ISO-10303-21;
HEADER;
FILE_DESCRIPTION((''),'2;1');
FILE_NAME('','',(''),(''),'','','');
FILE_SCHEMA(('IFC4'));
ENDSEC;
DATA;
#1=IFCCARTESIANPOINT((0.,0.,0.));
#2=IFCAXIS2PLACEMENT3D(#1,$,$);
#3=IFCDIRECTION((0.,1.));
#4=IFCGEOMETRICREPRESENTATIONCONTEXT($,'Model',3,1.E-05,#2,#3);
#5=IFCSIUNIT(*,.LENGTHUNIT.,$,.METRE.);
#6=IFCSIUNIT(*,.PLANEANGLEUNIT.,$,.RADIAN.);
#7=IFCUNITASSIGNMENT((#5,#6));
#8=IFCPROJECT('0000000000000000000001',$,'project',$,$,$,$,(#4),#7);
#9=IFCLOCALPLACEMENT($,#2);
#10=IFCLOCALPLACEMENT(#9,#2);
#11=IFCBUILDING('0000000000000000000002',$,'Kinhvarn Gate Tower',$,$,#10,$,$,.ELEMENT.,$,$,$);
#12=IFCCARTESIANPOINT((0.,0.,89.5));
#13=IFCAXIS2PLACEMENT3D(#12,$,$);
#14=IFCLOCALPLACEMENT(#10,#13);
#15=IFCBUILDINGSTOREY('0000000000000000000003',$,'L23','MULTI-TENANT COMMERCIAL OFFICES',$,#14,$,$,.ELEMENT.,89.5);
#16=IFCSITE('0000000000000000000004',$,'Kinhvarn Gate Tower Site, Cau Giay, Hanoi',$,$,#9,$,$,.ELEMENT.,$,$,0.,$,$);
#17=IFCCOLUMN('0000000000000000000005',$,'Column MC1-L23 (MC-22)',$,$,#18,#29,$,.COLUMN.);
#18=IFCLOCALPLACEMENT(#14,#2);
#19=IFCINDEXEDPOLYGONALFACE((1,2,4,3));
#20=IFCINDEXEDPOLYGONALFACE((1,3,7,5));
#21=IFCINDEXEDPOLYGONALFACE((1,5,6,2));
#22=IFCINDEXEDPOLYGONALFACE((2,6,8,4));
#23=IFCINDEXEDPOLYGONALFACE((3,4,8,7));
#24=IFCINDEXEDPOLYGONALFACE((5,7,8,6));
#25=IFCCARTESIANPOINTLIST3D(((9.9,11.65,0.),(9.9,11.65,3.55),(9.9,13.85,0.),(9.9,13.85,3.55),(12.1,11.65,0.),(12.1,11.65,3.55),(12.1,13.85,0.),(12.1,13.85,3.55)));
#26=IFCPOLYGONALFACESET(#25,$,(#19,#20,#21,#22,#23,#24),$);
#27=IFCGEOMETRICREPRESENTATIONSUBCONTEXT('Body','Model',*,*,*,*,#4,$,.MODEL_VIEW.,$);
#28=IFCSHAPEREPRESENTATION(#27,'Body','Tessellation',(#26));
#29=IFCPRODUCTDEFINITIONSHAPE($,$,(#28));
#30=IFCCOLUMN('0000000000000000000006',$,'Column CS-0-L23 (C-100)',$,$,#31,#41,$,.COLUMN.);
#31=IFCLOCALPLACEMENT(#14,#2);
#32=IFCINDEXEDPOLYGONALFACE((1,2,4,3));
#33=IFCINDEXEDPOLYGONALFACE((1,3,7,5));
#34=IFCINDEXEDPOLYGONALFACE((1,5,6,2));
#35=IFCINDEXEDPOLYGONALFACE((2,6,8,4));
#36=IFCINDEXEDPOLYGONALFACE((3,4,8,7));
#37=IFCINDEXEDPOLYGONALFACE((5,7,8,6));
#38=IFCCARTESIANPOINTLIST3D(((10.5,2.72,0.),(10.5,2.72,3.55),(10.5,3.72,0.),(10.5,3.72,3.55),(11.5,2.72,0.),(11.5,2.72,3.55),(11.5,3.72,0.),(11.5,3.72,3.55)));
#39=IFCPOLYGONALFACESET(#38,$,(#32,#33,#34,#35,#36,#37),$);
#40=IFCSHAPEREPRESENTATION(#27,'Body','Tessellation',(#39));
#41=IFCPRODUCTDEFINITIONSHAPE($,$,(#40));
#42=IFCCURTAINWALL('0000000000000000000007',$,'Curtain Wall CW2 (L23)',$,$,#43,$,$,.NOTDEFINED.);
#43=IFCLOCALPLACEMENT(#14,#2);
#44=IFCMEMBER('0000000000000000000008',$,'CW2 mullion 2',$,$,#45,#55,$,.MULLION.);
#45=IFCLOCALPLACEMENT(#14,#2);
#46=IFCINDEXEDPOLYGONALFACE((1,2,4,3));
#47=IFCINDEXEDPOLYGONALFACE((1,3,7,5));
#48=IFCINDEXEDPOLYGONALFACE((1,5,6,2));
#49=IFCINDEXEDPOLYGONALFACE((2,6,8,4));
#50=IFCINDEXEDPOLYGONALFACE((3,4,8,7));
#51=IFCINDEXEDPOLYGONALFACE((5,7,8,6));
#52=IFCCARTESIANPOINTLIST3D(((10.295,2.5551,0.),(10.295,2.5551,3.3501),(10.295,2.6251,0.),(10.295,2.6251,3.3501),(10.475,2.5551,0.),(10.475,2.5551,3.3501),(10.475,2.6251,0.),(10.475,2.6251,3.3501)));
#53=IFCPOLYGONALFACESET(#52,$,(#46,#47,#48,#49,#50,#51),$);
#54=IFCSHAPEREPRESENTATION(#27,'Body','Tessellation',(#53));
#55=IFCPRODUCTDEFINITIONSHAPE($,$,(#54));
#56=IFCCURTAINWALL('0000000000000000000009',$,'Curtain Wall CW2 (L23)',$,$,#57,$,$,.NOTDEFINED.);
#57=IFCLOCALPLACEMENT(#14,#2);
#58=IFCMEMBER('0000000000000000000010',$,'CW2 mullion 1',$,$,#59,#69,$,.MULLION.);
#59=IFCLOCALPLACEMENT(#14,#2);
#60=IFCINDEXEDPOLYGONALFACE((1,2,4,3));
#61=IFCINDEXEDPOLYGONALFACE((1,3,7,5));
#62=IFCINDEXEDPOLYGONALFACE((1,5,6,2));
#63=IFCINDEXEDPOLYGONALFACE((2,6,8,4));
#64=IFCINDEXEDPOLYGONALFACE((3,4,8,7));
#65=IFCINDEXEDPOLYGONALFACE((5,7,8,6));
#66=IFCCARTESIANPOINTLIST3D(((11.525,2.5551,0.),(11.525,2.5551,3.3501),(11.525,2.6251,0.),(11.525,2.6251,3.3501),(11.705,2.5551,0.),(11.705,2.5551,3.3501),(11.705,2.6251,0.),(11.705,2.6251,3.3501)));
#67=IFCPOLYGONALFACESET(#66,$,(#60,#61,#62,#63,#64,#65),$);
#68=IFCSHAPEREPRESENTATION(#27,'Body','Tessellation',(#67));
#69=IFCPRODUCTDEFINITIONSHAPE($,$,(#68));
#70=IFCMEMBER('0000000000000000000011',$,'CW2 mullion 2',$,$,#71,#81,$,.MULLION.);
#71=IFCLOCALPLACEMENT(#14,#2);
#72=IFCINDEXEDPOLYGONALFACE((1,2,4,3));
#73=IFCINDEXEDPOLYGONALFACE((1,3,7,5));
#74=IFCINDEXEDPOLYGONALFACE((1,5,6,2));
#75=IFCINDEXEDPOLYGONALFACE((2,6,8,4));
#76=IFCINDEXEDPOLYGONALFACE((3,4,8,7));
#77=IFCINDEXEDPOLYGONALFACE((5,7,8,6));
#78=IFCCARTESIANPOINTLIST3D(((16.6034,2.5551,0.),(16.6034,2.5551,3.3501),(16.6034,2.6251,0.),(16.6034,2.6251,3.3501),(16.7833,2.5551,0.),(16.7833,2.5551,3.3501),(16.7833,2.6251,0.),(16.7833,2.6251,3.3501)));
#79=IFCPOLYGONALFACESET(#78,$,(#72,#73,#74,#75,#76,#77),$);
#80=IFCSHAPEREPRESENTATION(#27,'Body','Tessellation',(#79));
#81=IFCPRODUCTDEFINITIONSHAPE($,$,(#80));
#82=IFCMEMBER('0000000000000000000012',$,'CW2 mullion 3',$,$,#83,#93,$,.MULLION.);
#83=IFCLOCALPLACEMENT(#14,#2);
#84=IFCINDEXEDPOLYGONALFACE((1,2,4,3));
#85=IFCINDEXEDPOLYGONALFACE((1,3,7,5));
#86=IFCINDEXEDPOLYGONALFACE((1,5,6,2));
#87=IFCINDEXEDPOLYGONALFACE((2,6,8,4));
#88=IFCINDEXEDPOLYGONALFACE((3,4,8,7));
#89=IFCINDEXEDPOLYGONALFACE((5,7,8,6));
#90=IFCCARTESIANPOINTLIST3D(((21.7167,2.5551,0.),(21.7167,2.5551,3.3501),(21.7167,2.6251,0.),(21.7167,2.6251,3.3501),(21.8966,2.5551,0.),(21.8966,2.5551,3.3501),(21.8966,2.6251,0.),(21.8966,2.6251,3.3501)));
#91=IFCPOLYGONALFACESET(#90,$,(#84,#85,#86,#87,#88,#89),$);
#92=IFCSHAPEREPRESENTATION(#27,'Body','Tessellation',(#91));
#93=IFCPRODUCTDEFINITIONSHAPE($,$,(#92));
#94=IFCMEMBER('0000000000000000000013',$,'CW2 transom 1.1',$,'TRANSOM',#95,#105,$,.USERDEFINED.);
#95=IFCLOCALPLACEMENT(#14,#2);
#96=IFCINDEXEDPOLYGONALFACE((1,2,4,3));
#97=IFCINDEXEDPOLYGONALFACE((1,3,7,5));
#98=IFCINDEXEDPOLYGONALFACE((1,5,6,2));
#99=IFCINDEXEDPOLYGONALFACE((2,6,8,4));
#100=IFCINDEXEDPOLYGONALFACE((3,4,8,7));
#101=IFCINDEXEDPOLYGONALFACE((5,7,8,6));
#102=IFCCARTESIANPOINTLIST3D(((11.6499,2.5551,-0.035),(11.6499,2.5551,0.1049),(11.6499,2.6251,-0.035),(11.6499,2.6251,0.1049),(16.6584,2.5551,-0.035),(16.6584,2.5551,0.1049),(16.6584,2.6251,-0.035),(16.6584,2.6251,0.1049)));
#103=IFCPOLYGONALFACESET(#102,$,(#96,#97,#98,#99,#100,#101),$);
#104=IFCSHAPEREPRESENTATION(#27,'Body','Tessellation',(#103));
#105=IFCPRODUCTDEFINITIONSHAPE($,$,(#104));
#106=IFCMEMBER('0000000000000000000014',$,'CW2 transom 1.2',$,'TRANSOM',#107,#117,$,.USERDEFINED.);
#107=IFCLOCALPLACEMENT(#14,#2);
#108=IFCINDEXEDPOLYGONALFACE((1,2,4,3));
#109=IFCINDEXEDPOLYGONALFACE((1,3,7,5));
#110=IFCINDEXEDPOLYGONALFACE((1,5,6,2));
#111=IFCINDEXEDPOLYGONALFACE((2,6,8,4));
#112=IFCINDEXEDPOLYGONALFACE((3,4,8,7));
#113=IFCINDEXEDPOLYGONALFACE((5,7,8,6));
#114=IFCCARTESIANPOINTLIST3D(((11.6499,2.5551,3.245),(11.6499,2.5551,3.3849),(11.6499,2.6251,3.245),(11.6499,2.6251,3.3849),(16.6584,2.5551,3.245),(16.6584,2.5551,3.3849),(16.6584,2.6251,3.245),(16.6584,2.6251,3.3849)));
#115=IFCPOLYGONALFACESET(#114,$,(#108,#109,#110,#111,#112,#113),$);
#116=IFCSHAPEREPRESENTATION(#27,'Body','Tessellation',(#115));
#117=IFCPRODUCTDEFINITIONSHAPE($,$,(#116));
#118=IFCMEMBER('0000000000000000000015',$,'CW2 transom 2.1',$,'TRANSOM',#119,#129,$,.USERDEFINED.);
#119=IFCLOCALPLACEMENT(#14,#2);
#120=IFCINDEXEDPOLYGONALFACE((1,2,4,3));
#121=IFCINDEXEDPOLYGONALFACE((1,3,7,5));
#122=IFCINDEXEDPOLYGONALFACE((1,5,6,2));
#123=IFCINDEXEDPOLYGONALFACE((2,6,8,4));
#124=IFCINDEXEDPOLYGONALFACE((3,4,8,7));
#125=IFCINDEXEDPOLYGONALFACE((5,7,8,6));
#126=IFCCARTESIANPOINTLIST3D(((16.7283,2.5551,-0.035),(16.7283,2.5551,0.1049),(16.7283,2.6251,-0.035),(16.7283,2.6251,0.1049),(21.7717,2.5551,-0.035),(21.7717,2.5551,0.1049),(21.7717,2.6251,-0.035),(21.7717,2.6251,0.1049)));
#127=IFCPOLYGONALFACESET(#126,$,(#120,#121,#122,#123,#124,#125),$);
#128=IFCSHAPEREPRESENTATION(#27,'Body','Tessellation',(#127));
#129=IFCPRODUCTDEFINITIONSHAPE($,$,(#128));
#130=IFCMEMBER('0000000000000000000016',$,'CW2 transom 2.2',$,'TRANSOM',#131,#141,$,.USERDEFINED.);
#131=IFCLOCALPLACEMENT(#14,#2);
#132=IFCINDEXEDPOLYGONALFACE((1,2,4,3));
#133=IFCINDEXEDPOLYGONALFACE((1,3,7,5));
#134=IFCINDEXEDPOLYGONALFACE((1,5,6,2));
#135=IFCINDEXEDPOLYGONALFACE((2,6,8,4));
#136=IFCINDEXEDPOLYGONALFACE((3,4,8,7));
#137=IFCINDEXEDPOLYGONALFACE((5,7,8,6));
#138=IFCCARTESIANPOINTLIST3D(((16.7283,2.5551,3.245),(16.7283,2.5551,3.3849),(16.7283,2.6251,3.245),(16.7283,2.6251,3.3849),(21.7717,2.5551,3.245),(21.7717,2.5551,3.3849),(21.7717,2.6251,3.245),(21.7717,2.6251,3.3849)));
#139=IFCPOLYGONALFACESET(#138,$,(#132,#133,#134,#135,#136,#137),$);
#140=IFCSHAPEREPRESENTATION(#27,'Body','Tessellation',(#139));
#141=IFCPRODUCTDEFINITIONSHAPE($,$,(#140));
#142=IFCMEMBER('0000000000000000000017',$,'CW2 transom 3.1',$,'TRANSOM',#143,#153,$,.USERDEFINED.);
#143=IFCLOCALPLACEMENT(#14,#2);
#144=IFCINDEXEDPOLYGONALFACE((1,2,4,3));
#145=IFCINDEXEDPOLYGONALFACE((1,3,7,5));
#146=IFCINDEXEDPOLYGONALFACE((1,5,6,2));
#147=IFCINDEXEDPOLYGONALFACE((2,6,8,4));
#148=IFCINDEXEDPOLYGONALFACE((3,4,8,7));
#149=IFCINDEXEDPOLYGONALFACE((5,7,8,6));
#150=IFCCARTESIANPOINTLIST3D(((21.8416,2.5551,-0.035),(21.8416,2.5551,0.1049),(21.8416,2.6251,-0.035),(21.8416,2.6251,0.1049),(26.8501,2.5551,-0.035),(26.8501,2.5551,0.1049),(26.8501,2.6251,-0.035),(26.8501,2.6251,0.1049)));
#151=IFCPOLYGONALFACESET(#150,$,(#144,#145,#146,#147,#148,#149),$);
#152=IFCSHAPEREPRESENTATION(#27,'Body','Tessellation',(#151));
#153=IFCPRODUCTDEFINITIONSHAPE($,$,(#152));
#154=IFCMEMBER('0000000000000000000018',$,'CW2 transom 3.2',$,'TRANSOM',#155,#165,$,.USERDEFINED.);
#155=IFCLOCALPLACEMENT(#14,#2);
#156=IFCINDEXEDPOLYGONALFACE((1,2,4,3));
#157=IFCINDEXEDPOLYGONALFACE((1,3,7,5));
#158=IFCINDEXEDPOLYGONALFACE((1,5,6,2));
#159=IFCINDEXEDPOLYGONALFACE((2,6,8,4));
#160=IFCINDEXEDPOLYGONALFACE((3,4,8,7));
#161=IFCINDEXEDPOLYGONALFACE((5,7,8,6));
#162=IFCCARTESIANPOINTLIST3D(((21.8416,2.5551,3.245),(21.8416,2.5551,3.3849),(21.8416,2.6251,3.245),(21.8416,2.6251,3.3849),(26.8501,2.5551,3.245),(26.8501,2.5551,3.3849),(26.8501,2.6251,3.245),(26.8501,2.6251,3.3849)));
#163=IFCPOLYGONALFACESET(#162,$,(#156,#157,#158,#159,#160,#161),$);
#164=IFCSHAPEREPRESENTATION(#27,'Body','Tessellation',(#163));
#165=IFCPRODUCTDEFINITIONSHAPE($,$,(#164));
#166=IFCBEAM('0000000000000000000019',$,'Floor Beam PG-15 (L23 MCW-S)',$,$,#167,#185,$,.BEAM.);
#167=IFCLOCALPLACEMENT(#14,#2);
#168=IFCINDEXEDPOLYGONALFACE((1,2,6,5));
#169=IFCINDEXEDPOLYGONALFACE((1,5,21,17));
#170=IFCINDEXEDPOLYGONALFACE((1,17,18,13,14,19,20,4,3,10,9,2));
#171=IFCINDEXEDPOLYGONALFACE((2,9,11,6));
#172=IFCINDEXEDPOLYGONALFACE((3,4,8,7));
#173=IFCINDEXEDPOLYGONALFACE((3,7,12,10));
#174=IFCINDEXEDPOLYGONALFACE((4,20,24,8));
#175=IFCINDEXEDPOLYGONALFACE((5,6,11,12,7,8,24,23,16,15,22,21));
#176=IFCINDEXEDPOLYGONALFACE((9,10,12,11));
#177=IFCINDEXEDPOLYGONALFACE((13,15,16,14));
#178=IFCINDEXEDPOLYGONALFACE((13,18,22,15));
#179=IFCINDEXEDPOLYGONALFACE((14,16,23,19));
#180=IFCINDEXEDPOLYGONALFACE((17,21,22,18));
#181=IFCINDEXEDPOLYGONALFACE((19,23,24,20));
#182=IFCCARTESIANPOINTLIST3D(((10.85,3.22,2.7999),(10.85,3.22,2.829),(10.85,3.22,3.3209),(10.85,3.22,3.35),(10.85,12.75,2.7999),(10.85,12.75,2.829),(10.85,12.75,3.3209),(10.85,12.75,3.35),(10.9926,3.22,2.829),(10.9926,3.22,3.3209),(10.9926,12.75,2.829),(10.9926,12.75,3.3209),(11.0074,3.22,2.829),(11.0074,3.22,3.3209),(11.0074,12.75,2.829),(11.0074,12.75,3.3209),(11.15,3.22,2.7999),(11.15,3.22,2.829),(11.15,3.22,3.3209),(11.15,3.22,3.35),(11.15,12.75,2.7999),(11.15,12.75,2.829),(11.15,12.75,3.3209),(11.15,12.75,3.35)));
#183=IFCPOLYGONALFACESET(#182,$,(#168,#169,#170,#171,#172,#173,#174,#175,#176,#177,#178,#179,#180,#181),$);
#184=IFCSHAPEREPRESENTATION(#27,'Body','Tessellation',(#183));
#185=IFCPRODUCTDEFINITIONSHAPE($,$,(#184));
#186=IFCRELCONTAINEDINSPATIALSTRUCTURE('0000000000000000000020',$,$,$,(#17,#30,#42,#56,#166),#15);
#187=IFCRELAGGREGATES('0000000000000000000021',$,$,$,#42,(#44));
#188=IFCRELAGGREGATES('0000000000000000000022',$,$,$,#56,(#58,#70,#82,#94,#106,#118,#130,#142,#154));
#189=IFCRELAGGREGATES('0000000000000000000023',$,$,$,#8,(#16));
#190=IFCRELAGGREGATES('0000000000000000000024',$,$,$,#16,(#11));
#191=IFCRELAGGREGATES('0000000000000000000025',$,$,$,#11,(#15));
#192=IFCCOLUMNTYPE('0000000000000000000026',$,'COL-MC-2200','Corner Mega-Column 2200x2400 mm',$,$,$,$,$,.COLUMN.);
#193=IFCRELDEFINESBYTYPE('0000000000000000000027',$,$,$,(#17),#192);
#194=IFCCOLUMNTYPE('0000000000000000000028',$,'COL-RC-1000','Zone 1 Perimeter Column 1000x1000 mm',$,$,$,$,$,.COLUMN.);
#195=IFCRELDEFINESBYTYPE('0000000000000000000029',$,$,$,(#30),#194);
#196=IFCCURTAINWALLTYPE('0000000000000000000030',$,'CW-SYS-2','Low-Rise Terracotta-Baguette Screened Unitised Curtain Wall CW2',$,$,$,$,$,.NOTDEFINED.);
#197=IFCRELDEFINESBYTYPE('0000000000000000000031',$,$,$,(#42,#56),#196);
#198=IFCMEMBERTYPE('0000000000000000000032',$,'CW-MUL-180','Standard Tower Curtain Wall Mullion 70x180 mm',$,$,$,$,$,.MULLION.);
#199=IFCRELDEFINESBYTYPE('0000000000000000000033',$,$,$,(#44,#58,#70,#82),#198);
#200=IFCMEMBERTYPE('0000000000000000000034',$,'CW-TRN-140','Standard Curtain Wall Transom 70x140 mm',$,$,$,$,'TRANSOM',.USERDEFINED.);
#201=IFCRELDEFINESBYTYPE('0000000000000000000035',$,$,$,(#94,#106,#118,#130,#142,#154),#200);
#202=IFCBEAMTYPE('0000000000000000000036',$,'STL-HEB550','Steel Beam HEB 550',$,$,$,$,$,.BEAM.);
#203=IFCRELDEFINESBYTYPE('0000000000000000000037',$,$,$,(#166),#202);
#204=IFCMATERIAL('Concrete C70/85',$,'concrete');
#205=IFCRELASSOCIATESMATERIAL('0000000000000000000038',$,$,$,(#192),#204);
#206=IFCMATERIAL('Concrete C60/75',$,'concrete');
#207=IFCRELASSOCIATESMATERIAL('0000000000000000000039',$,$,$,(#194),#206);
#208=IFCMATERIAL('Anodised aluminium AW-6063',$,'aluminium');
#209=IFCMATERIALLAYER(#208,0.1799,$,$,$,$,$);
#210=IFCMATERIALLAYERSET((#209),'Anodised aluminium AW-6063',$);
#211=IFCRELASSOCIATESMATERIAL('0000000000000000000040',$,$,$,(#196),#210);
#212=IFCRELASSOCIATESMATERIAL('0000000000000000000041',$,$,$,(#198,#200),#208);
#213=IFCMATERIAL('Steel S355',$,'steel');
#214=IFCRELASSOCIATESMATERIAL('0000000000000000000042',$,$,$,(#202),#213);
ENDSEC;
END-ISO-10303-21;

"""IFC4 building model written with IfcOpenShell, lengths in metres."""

from ifc_helpers import new_model, si_unit, direction, frame, origin, origin_2d, place, context, subcontext, project, spatial, rectangle, i_section, extrude, material, layer, layer_set, material_profile, profile_set, type_object, element, aggregate, save


model = new_model("IFC4")

# Units and contexts
model_context = context("Model", 3, precision=1e-05, world=origin(), true_north=direction((0.0, 1.0)))
body_context = subcontext(model_context, "Body", "Model", "MODEL_VIEW")
ifc_project = project(units=[si_unit("LENGTHUNIT", "METRE"), si_unit("PLANEANGLEUNIT", "RADIAN")], contexts=[model_context])

# Site, building, storey
site_placement = place(None, origin())
site = spatial("IfcSite", under=ifc_project, at=site_placement, Name="Kinhvarn Gate Tower Site, Cau Giay, Hanoi", CompositionType="ELEMENT", RefElevation=0.0)
building_placement = place(site_placement, origin())
building = spatial("IfcBuilding", under=site, at=building_placement, Name="Kinhvarn Gate Tower", CompositionType="ELEMENT")
storey_placement = place(building_placement, frame((0.0, 0.0, 89.5)))
storey = spatial("IfcBuildingStorey", under=building, at=storey_placement, Name="L23", Description="MULTI-TENANT COMMERCIAL OFFICES", CompositionType="ELEMENT", Elevation=89.5)

# Columns
ifc_material_1 = material(Name="Concrete C70/85", Category="concrete")
ifc_material_profile_1 = material_profile(ifc_material_1, rectangle(XDim=2.2, YDim=2.2, at=origin_2d()), Name="RC 2200x2200")
ifc_profile_set_1 = profile_set([ifc_material_profile_1], Name="Concrete C70/85")
column_type_1 = type_object("IfcColumnType", Name="COL-MC-2200", Description="Corner Mega-Column 2200x2400 mm", PredefinedType="COLUMN", material=ifc_profile_set_1)
column_1_placement = place(storey_placement, frame((11.0, 12.75, 0.0), z_axis=(0.0, 0.0, 1.0), x_axis=(1.0, 0.0, 0.0)))
element("IfcColumn", 1, at=column_1_placement, inside=storey, type_object=column_type_1, Name="Column MC1-L23 (MC-22)", PredefinedType="COLUMN", context=body_context, shape_type="SweptSolid", body=[
    extrude(rectangle(XDim=2.2, YDim=2.2, at=origin_2d()), origin(), (0.0, 0.0, 1.0), 3.55),
])
ifc_material_2 = material(Name="Concrete C60/75", Category="concrete")
ifc_material_profile_2 = material_profile(ifc_material_2, rectangle(XDim=1.0, YDim=1.0, at=origin_2d()), Name="RC 1000x1000")
ifc_profile_set_2 = profile_set([ifc_material_profile_2], Name="Concrete C60/75")
column_type_2 = type_object("IfcColumnType", Name="COL-RC-1000", Description="Zone 1 Perimeter Column 1000x1000 mm", PredefinedType="COLUMN", material=ifc_profile_set_2)
column_2_placement = place(storey_placement, frame((11.0, 3.22, 0.0), z_axis=(0.0, 0.0, 1.0), x_axis=(1.0, 0.0, 0.0)))
element("IfcColumn", 2, at=column_2_placement, inside=storey, type_object=column_type_2, Name="Column CS-0-L23 (C-100)", PredefinedType="COLUMN", context=body_context, shape_type="SweptSolid", body=[
    extrude(rectangle(XDim=1.0, YDim=1.0, at=origin_2d()), origin(), (0.0, 0.0, 1.0), 3.55),
])

# Curtain wall, member
ifc_material_3 = material(Name="Anodised aluminium AW-6063", Category="aluminium")
ifc_layer_1 = layer(ifc_material_3, 0.1799)
ifc_layer_set_1 = layer_set([ifc_layer_1], Name="Anodised aluminium AW-6063")
curtain_wall_type = type_object("IfcCurtainWallType", Name="CW-SYS-2", Description="Low-Rise Terracotta-Baguette Screened Unitised Curtain Wall CW2", PredefinedType="NOTDEFINED", material=ifc_layer_set_1)
curtain_wall_1_placement = place(storey_placement, origin())
curtain_wall_1 = element("IfcCurtainWall", 3, at=curtain_wall_1_placement, inside=storey, type_object=curtain_wall_type, Name="Curtain Wall CW2 (L23)", PredefinedType="NOTDEFINED")
ifc_material_profile_3 = material_profile(ifc_material_3, rectangle(XDim=0.0701, YDim=0.1799, at=origin_2d()), Name="ALU 70x180")
ifc_profile_set_3 = profile_set([ifc_material_profile_3], Name="Anodised aluminium AW-6063")
member_type_1 = type_object("IfcMemberType", Name="CW-MUL-180", Description="Standard Tower Curtain Wall Mullion 70x180 mm", PredefinedType="MULLION", material=ifc_profile_set_3)
member_1_placement = place(storey_placement, frame((10.385, 2.5901, 0.0), z_axis=(0.0, 0.0, 1.0), x_axis=(0.0, 1.0, 0.0)))
member_1 = element("IfcMember", 4, at=member_1_placement, type_object=member_type_1, Name="CW2 mullion 2", PredefinedType="MULLION", context=body_context, shape_type="SweptSolid", body=[
    extrude(rectangle(XDim=0.0701, YDim=0.1799, at=origin_2d()), origin(), (0.0, 0.0, 1.0), 3.3501),
])
aggregate(curtain_wall_1, [member_1])

# Curtain wall, members
curtain_wall_2_placement = place(storey_placement, origin())
curtain_wall_2 = element("IfcCurtainWall", 5, at=curtain_wall_2_placement, inside=storey, type_object=curtain_wall_type, Name="Curtain Wall CW2 (L23)", PredefinedType="NOTDEFINED")
member_2_placement = place(storey_placement, frame((11.615, 2.5901, 0.0), z_axis=(0.0, 0.0, 1.0), x_axis=(0.0, 1.0, 0.0)))
member_2 = element("IfcMember", 6, at=member_2_placement, type_object=member_type_1, Name="CW2 mullion 1", PredefinedType="MULLION", context=body_context, shape_type="SweptSolid", body=[
    extrude(rectangle(XDim=0.0701, YDim=0.1799, at=origin_2d()), origin(), (0.0, 0.0, 1.0), 3.3501),
])
member_3_placement = place(storey_placement, frame((16.6934, 2.5901, 0.0), z_axis=(0.0, 0.0, 1.0), x_axis=(0.0, 1.0, 0.0)))
member_3 = element("IfcMember", 7, at=member_3_placement, type_object=member_type_1, Name="CW2 mullion 2", PredefinedType="MULLION", context=body_context, shape_type="SweptSolid", body=[
    extrude(rectangle(XDim=0.0701, YDim=0.1799, at=origin_2d()), origin(), (0.0, 0.0, 1.0), 3.3501),
])
member_4_placement = place(storey_placement, frame((21.8066, 2.5901, 0.0), z_axis=(0.0, 0.0, 1.0), x_axis=(0.0, 1.0, 0.0)))
member_4 = element("IfcMember", 8, at=member_4_placement, type_object=member_type_1, Name="CW2 mullion 3", PredefinedType="MULLION", context=body_context, shape_type="SweptSolid", body=[
    extrude(rectangle(XDim=0.0701, YDim=0.1799, at=origin_2d()), origin(), (0.0, 0.0, 1.0), 3.3501),
])
ifc_material_profile_4 = material_profile(ifc_material_3, rectangle(XDim=0.0701, YDim=0.1399, at=origin_2d()), Name="ALU 70x140")
ifc_profile_set_4 = profile_set([ifc_material_profile_4], Name="Anodised aluminium AW-6063")
member_type_2 = type_object("IfcMemberType", Name="CW-TRN-140", Description="Standard Curtain Wall Transom 70x140 mm", ElementType="TRANSOM", PredefinedType="USERDEFINED", material=ifc_profile_set_4)
member_5_placement = place(storey_placement, frame((11.6499, 2.5901, 0.0349), z_axis=(1.0, 0.0, 0.0), x_axis=(0.0, 1.0, 0.0)))
member_5 = element("IfcMember", 9, at=member_5_placement, type_object=member_type_2, Name="CW2 transom 1.1", ObjectType="TRANSOM", PredefinedType="USERDEFINED", context=body_context, shape_type="SweptSolid", body=[
    extrude(rectangle(XDim=0.0701, YDim=0.1399, at=origin_2d()), origin(), (0.0, 0.0, 1.0), 5.0085),
])
member_6_placement = place(storey_placement, frame((11.6499, 2.5901, 3.3149), z_axis=(1.0, 0.0, 0.0), x_axis=(0.0, 1.0, 0.0)))
member_6 = element("IfcMember", 10, at=member_6_placement, type_object=member_type_2, Name="CW2 transom 1.2", ObjectType="TRANSOM", PredefinedType="USERDEFINED", context=body_context, shape_type="SweptSolid", body=[
    extrude(rectangle(XDim=0.0701, YDim=0.1399, at=origin_2d()), origin(), (0.0, 0.0, 1.0), 5.0085),
])
member_7_placement = place(storey_placement, frame((16.7283, 2.5901, 0.0349), z_axis=(1.0, 0.0, 0.0), x_axis=(0.0, 1.0, 0.0)))
member_7 = element("IfcMember", 11, at=member_7_placement, type_object=member_type_2, Name="CW2 transom 2.1", ObjectType="TRANSOM", PredefinedType="USERDEFINED", context=body_context, shape_type="SweptSolid", body=[
    extrude(rectangle(XDim=0.0701, YDim=0.1399, at=origin_2d()), origin(), (0.0, 0.0, 1.0), 5.0435),
])
member_8_placement = place(storey_placement, frame((16.7283, 2.5901, 3.3149), z_axis=(1.0, 0.0, 0.0), x_axis=(0.0, 1.0, 0.0)))
member_8 = element("IfcMember", 12, at=member_8_placement, type_object=member_type_2, Name="CW2 transom 2.2", ObjectType="TRANSOM", PredefinedType="USERDEFINED", context=body_context, shape_type="SweptSolid", body=[
    extrude(rectangle(XDim=0.0701, YDim=0.1399, at=origin_2d()), origin(), (0.0, 0.0, 1.0), 5.0435),
])
member_9_placement = place(storey_placement, frame((21.8416, 2.5901, 0.0349), z_axis=(1.0, 0.0, 0.0), x_axis=(0.0, 1.0, 0.0)))
member_9 = element("IfcMember", 13, at=member_9_placement, type_object=member_type_2, Name="CW2 transom 3.1", ObjectType="TRANSOM", PredefinedType="USERDEFINED", context=body_context, shape_type="SweptSolid", body=[
    extrude(rectangle(XDim=0.0701, YDim=0.1399, at=origin_2d()), origin(), (0.0, 0.0, 1.0), 5.0085),
])
member_10_placement = place(storey_placement, frame((21.8416, 2.5901, 3.3149), z_axis=(1.0, 0.0, 0.0), x_axis=(0.0, 1.0, 0.0)))
member_10 = element("IfcMember", 14, at=member_10_placement, type_object=member_type_2, Name="CW2 transom 3.2", ObjectType="TRANSOM", PredefinedType="USERDEFINED", context=body_context, shape_type="SweptSolid", body=[
    extrude(rectangle(XDim=0.0701, YDim=0.1399, at=origin_2d()), origin(), (0.0, 0.0, 1.0), 5.0085),
])

# Beam
ifc_material_4 = material(Name="Steel S355", Category="steel")
ifc_material_profile_5 = material_profile(ifc_material_4, i_section(OverallWidth=0.3, OverallDepth=0.55, WebThickness=0.0149, FlangeThickness=0.0291, at=origin_2d()), Name="HEB 550")
ifc_profile_set_5 = profile_set([ifc_material_profile_5], Name="Steel S355")
beam_type_1 = type_object("IfcBeamType", Name="STL-HEB550", Description="Steel Beam HEB 550", PredefinedType="BEAM", material=ifc_profile_set_5)
beam_1_placement = place(storey_placement, frame((11.0, 3.22, 3.075), z_axis=(0.0, 1.0, 0.0), x_axis=(-1.0, 0.0, 0.0)))
element("IfcBeam", 15, at=beam_1_placement, inside=storey, type_object=beam_type_1, Name="Floor Beam PG-15 (L23 MCW-S)", PredefinedType="BEAM", context=body_context, shape_type="SweptSolid", body=[
    extrude(i_section(OverallWidth=0.3, OverallDepth=0.55, WebThickness=0.0149, FlangeThickness=0.0291, at=origin_2d()), origin(), (0.0, 0.0, 1.0), 9.53),
])

aggregate(curtain_wall_2, [member_2, member_3, member_4, member_5, member_6, member_7, member_8, member_9, member_10])

save(model, "model.ifc")
